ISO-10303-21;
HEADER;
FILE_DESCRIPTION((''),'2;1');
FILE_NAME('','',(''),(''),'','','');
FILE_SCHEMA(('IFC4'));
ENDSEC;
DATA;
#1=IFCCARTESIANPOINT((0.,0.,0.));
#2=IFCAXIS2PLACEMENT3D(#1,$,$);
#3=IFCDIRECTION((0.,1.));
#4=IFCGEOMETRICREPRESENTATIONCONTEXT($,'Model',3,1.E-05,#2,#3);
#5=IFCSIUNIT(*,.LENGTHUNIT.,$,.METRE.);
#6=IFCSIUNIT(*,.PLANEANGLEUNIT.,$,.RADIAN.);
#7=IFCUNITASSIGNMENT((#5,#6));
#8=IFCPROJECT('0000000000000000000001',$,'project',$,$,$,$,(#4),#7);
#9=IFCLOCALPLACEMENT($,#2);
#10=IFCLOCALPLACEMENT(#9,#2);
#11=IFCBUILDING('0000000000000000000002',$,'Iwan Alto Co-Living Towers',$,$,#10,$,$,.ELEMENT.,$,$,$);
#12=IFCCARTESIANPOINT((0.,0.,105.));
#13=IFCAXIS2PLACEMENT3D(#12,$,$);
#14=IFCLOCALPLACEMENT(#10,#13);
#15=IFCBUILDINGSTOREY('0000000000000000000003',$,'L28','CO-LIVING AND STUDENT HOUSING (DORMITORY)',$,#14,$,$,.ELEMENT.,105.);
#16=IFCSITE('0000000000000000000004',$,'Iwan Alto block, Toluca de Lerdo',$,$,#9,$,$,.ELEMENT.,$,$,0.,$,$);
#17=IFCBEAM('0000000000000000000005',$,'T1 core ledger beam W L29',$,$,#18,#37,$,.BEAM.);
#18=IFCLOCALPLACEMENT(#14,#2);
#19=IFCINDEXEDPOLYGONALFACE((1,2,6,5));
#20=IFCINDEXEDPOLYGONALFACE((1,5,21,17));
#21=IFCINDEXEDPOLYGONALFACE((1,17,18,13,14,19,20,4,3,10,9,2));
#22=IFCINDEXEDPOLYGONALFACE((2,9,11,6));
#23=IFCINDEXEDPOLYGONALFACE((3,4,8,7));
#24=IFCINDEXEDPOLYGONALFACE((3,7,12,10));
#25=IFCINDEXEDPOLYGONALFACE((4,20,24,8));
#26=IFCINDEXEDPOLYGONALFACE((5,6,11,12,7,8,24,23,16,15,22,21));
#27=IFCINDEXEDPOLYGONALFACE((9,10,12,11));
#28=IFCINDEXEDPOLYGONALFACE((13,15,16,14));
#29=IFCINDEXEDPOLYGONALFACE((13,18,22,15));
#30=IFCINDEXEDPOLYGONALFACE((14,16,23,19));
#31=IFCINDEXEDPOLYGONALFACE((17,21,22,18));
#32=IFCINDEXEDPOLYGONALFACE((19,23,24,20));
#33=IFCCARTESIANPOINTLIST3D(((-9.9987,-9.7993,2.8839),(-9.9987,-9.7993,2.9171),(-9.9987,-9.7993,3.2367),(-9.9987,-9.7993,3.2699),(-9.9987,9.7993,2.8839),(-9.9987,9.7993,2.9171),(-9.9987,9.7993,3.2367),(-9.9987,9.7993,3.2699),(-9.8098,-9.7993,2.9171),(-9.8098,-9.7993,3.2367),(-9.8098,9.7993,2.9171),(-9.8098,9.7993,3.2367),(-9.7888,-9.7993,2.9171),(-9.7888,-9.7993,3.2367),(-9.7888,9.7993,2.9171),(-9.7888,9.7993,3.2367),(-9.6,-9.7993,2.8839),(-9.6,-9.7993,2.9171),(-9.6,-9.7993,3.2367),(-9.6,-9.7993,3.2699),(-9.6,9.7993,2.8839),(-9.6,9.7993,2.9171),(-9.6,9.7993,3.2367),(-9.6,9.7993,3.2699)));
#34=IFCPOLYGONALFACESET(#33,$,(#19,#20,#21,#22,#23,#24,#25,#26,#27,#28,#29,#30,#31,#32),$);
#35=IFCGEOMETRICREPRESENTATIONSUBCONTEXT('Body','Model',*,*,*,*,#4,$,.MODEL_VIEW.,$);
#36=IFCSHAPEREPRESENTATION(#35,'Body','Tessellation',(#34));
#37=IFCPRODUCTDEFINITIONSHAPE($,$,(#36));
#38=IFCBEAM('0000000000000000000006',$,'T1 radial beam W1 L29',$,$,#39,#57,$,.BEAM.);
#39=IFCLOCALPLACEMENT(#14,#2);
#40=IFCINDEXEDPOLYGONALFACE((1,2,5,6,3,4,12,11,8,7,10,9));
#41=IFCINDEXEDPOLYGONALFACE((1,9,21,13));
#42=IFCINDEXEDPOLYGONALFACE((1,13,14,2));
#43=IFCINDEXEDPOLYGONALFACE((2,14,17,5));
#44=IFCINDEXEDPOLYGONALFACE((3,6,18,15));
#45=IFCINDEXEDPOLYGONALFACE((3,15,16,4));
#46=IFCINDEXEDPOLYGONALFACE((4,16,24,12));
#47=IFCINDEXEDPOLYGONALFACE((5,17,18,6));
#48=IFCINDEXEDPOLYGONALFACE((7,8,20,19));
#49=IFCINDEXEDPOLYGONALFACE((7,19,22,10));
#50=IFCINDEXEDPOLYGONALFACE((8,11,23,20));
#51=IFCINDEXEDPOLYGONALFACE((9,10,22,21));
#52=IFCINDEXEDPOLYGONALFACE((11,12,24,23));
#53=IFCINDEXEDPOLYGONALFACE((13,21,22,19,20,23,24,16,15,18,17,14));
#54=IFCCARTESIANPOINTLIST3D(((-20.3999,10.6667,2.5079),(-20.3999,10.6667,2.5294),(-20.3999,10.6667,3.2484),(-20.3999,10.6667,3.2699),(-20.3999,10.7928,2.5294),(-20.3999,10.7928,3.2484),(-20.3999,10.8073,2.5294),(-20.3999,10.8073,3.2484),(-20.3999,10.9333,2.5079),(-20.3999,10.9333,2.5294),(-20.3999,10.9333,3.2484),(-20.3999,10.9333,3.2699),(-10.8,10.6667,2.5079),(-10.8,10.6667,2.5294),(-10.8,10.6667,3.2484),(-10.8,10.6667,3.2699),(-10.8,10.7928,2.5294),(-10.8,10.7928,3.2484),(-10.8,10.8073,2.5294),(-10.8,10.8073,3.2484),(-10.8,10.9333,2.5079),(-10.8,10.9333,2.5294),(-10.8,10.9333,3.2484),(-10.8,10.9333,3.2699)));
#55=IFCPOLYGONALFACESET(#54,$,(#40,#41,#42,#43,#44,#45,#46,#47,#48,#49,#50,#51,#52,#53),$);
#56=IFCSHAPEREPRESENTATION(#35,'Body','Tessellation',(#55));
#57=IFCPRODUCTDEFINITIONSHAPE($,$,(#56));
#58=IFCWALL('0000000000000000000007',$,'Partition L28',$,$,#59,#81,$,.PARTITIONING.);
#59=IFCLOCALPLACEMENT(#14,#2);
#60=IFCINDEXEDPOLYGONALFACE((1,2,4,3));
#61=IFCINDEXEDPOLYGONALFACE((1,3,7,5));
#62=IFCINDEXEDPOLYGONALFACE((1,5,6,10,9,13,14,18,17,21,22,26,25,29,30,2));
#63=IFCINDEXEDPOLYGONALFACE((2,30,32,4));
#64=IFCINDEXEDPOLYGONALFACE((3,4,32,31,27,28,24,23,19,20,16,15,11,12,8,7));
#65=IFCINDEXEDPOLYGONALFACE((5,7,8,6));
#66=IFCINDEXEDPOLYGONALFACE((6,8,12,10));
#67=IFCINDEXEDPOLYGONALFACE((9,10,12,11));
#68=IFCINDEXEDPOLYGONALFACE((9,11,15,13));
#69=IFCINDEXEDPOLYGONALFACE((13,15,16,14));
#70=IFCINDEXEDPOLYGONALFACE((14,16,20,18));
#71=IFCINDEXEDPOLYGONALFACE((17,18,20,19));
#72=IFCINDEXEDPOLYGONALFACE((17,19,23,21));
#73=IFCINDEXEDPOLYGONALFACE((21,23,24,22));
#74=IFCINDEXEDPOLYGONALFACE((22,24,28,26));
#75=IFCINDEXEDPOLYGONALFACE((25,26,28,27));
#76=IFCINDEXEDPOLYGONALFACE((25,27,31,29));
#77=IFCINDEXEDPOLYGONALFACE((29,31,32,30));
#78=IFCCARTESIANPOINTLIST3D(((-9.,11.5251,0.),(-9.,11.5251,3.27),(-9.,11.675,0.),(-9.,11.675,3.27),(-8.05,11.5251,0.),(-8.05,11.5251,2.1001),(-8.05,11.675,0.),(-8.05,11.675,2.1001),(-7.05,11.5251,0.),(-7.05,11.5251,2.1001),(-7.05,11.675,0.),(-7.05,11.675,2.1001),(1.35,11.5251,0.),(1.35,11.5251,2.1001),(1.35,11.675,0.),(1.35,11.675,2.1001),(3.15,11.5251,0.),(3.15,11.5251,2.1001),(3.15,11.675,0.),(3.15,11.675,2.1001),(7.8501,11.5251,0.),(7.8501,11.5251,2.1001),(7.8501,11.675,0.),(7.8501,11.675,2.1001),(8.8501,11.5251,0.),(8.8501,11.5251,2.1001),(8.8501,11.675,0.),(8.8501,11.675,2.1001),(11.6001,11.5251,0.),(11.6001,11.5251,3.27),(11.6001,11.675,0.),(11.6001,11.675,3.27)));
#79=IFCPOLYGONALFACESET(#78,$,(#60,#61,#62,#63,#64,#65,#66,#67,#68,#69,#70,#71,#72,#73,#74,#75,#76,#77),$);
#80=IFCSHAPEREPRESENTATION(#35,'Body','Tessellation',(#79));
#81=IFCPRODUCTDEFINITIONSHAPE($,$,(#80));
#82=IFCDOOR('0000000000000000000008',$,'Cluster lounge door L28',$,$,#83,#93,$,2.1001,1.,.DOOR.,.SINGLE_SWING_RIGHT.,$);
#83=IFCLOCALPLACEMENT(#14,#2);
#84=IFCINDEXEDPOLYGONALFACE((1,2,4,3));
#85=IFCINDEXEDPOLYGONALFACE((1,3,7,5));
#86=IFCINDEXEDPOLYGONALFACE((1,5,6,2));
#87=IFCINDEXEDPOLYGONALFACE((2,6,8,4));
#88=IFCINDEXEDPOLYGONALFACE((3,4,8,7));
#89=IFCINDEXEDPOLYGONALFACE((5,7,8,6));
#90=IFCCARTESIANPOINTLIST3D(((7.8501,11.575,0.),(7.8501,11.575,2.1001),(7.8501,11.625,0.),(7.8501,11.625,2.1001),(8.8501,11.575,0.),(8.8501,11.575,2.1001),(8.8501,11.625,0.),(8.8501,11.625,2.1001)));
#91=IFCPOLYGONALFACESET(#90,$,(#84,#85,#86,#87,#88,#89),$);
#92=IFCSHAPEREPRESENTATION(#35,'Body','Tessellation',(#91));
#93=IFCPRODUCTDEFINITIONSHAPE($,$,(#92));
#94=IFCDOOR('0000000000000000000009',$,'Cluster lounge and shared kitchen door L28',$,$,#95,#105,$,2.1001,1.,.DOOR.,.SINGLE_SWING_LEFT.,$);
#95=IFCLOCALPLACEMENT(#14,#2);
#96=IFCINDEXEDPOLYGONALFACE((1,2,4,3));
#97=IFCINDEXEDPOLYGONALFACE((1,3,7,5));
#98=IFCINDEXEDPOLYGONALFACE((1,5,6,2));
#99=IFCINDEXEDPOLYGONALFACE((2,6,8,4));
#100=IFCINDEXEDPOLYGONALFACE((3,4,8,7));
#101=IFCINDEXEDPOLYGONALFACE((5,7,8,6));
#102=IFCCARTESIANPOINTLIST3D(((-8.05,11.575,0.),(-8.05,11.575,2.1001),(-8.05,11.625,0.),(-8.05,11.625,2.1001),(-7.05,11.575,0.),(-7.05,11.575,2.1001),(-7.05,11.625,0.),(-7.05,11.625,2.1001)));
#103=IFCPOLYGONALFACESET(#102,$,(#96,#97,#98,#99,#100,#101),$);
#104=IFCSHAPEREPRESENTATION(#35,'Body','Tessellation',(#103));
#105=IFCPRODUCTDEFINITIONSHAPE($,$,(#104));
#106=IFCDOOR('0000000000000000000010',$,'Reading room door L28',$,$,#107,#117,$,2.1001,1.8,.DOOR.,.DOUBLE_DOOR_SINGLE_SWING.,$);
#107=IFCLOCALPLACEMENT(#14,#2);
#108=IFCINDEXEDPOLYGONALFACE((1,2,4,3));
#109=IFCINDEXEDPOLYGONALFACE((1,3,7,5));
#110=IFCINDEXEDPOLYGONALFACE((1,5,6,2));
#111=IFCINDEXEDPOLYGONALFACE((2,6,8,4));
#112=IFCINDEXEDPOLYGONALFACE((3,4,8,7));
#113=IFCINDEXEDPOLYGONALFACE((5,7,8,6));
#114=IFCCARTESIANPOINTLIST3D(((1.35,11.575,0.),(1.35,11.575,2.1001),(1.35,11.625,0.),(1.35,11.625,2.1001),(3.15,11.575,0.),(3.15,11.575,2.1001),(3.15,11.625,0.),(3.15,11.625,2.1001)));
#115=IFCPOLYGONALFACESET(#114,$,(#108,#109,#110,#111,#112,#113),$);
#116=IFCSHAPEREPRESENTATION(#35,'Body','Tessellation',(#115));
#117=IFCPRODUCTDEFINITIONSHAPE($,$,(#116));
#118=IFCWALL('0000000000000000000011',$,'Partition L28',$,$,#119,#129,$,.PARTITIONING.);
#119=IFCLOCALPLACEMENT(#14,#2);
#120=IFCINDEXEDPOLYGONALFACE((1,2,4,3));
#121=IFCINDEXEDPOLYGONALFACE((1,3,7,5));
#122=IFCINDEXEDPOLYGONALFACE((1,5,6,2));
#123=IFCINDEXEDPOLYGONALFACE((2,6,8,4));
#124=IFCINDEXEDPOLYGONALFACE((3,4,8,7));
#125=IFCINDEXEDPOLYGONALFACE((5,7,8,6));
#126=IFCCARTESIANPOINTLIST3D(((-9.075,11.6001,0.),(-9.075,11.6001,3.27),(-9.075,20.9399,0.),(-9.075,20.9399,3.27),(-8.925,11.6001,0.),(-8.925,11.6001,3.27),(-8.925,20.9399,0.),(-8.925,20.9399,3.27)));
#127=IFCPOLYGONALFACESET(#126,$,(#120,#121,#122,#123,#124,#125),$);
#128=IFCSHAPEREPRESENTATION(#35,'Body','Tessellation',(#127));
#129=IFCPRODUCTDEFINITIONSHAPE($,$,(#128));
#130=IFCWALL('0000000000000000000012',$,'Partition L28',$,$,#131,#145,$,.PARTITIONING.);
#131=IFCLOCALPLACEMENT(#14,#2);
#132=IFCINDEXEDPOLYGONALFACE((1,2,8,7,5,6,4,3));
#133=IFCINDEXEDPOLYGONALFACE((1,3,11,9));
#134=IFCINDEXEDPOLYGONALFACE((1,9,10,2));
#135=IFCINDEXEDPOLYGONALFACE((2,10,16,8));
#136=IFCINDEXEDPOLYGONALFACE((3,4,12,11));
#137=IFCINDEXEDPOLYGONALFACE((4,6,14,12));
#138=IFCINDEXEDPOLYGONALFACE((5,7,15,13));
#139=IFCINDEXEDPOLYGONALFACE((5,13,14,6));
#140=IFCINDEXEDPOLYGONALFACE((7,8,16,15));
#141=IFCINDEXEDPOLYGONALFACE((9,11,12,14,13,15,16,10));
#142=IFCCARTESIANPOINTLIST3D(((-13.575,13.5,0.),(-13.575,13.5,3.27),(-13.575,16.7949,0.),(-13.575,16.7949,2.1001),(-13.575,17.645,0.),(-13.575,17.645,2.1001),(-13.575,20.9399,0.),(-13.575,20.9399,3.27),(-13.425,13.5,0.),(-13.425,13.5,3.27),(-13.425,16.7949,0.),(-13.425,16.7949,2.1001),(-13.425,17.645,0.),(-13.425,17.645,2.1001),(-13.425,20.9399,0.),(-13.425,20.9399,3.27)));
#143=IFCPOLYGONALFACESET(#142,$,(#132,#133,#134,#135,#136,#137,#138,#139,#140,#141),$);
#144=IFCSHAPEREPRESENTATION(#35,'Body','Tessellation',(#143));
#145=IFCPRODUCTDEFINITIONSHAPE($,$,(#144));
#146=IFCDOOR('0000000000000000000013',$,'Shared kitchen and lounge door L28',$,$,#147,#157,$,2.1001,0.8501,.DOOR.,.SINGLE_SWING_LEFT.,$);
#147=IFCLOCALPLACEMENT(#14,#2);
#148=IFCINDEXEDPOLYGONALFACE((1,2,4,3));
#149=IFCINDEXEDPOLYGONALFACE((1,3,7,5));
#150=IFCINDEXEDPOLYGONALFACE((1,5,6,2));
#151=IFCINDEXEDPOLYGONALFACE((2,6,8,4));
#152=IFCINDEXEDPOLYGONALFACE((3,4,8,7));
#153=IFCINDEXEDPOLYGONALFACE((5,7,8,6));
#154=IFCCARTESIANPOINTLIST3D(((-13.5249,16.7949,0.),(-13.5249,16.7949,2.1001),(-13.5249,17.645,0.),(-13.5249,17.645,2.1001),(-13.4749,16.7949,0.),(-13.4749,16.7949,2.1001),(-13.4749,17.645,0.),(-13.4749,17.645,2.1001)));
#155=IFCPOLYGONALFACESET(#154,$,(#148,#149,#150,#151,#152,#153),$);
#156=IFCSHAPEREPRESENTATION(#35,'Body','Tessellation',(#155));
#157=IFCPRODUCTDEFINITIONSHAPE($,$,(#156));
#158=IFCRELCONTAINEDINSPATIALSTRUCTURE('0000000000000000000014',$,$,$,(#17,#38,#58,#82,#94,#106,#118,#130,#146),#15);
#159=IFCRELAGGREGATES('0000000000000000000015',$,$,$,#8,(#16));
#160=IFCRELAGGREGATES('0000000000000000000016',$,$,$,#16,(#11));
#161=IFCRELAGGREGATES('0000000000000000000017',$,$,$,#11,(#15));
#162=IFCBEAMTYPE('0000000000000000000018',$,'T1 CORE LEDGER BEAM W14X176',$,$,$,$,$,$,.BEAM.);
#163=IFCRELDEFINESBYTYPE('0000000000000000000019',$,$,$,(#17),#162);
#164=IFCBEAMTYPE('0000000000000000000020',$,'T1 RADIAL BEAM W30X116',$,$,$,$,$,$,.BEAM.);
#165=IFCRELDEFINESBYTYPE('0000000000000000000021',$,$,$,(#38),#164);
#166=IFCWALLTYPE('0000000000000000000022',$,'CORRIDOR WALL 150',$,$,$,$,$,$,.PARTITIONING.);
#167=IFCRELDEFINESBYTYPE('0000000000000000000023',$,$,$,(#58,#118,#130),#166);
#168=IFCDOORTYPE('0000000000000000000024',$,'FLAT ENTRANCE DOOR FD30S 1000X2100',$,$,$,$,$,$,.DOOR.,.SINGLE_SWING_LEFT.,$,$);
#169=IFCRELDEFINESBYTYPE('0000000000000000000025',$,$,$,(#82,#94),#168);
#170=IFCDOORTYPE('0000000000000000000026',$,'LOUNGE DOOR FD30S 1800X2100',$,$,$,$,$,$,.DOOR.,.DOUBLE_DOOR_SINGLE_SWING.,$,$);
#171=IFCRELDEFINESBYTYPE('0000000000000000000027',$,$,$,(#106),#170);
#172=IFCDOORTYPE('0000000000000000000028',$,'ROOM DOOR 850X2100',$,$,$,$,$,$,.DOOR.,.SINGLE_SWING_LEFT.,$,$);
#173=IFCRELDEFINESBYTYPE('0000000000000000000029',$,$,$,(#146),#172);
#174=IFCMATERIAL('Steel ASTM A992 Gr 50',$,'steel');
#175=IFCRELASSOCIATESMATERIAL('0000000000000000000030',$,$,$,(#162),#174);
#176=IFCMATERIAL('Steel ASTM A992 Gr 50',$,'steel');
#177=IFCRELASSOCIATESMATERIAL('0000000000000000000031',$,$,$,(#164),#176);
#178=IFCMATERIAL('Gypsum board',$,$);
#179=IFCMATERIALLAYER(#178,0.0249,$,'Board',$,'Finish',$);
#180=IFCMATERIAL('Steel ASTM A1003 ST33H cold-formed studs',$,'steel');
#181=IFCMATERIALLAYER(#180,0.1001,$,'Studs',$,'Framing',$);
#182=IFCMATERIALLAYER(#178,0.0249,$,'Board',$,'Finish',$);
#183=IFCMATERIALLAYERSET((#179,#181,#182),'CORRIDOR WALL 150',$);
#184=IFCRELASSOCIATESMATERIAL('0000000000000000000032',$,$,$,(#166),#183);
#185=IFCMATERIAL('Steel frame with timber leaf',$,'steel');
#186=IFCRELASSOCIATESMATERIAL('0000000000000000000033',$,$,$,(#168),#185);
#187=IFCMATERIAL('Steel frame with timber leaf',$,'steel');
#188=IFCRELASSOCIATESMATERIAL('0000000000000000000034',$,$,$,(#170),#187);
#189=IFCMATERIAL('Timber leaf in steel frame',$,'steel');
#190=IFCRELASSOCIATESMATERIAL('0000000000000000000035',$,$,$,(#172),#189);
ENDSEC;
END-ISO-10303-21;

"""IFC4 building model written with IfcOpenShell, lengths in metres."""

from ifc_helpers import new_model, si_unit, direction, frame, frame_2d, origin, origin_2d, place, context, subcontext, project, spatial, rectangle, i_section, extrude, material, layer, layer_set, material_profile, profile_set, type_object, element, fill, save


model = new_model("IFC4")

# Units and contexts
model_context = context("Model", 3, precision=1e-05, world=origin(), true_north=direction((0.0, 1.0)))
body_context = subcontext(model_context, "Body", "Model", "MODEL_VIEW")
ifc_project = project(units=[si_unit("LENGTHUNIT", "METRE"), si_unit("PLANEANGLEUNIT", "RADIAN")], contexts=[model_context])

# Site, building, storey
site_placement = place(None, origin())
site = spatial("IfcSite", under=ifc_project, at=site_placement, Name="Iwan Alto block, Toluca de Lerdo", CompositionType="ELEMENT", RefElevation=0.0)
building_placement = place(site_placement, origin())
building = spatial("IfcBuilding", under=site, at=building_placement, Name="Iwan Alto Co-Living Towers", CompositionType="ELEMENT")
storey_placement = place(building_placement, frame((0.0, 0.0, 105.0)))
storey = spatial("IfcBuildingStorey", under=building, at=storey_placement, Name="L28", Description="CO-LIVING AND STUDENT HOUSING (DORMITORY)", CompositionType="ELEMENT", Elevation=105.0)

# Beams
ifc_material_1 = material(Name="Steel ASTM A992 Gr 50", Category="steel")
ifc_material_profile_1 = material_profile(ifc_material_1, i_section(OverallWidth=0.3987, OverallDepth=0.386, WebThickness=0.021, FlangeThickness=0.0332, at=origin_2d()), Name="W14X176")
ifc_profile_set_1 = profile_set([ifc_material_profile_1], Name="Steel ASTM A992 Gr 50")
beam_type_1 = type_object("IfcBeamType", Name="T1 CORE LEDGER BEAM W14X176", PredefinedType="BEAM", material=ifc_profile_set_1)
beam_1_placement = place(storey_placement, frame((-9.7993, 9.7993, 3.0769), z_axis=(0.0, -1.0, 0.0), x_axis=(1.0, 0.0, 0.0)))
element("IfcBeam", 1, at=beam_1_placement, inside=storey, type_object=beam_type_1, Name="T1 core ledger beam W L29", PredefinedType="BEAM", context=body_context, shape_type="SweptSolid", body=[
    extrude(i_section(OverallWidth=0.3987, OverallDepth=0.386, WebThickness=0.021, FlangeThickness=0.0332, at=origin_2d()), origin(), (0.0, 0.0, 1.0), 19.5986),
])
ifc_material_2 = material(Name="Steel ASTM A992 Gr 50", Category="steel")
ifc_material_profile_2 = material_profile(ifc_material_2, i_section(OverallWidth=0.2666, OverallDepth=0.762, WebThickness=0.0144, FlangeThickness=0.0215, at=origin_2d()), Name="W30X116")
ifc_profile_set_2 = profile_set([ifc_material_profile_2], Name="Steel ASTM A992 Gr 50")
beam_type_2 = type_object("IfcBeamType", Name="T1 RADIAL BEAM W30X116", PredefinedType="BEAM", material=ifc_profile_set_2)
beam_2_placement = place(storey_placement, frame((-20.3999, 10.8, 2.8889), z_axis=(1.0, 0.0, 0.0), x_axis=(0.0, 1.0, 0.0)))
element("IfcBeam", 2, at=beam_2_placement, inside=storey, type_object=beam_type_2, Name="T1 radial beam W1 L29", PredefinedType="BEAM", context=body_context, shape_type="SweptSolid", body=[
    extrude(i_section(OverallWidth=0.2666, OverallDepth=0.762, WebThickness=0.0144, FlangeThickness=0.0215, at=origin_2d()), origin(), (0.0, 0.0, 1.0), 9.5999),
])

# Wall, openings, doors
ifc_material_3 = material(Name="Gypsum board")
ifc_layer_1 = layer(ifc_material_3, 0.0249, Name="Board", Category="Finish")
ifc_material_4 = material(Name="Steel ASTM A1003 ST33H cold-formed studs", Category="steel")
ifc_layer_2 = layer(ifc_material_4, 0.1001, Name="Studs", Category="Framing")
ifc_layer_3 = layer(ifc_material_3, 0.0249, Name="Board", Category="Finish")
ifc_layer_set_1 = layer_set([ifc_layer_1, ifc_layer_2, ifc_layer_3], Name="CORRIDOR WALL 150")
wall_type_1 = type_object("IfcWallType", Name="CORRIDOR WALL 150", PredefinedType="PARTITIONING", material=ifc_layer_set_1)
wall_1_placement = place(storey_placement, frame((-9.0, 11.6001, 0.0), z_axis=(0.0, 0.0, 1.0), x_axis=(1.0, 0.0, 0.0)))
wall_1 = element("IfcWall", 3, at=wall_1_placement, inside=storey, type_object=wall_type_1, Name="Partition L28", PredefinedType="PARTITIONING", context=body_context, shape_type="SweptSolid", body=[
    extrude(rectangle(XDim=20.6001, YDim=0.1499, at=frame_2d((10.3, 0.0))), origin(), (0.0, 0.0, 1.0), 3.27),
])
opening_1_placement = place(wall_1_placement, frame((16.8501, 0.0, 0.0)))
opening_1 = element("IfcOpeningElement", 4, at=opening_1_placement, cuts=wall_1, PredefinedType="OPENING", context=body_context, shape_type="SweptSolid", body=[
    extrude(rectangle(XDim=1.0, YDim=2.1001, at=frame_2d((0.5, 1.05))), frame((0.0, 0.085, 0.0), z_axis=(0.0, -1.0, 0.0), x_axis=(1.0, 0.0, 0.0)), (0.0, 0.0, 1.0), 0.1699),
])
opening_2_placement = place(wall_1_placement, frame((10.3501, 0.0, 0.0)))
opening_2 = element("IfcOpeningElement", 5, at=opening_2_placement, cuts=wall_1, PredefinedType="OPENING", context=body_context, shape_type="SweptSolid", body=[
    extrude(rectangle(XDim=1.8, YDim=2.1001, at=frame_2d((0.8999, 1.05))), frame((0.0, 0.085, 0.0), z_axis=(0.0, -1.0, 0.0), x_axis=(1.0, 0.0, 0.0)), (0.0, 0.0, 1.0), 0.1699),
])
opening_3_placement = place(wall_1_placement, frame((0.95, 0.0, 0.0)))
opening_3 = element("IfcOpeningElement", 6, at=opening_3_placement, cuts=wall_1, PredefinedType="OPENING", context=body_context, shape_type="SweptSolid", body=[
    extrude(rectangle(XDim=1.0, YDim=2.1001, at=frame_2d((0.5, 1.05))), frame((0.0, 0.085, 0.0), z_axis=(0.0, -1.0, 0.0), x_axis=(1.0, 0.0, 0.0)), (0.0, 0.0, 1.0), 0.1699),
])
ifc_material_5 = material(Name="Steel frame with timber leaf", Category="steel")
door_type_1 = type_object("IfcDoorType", Name="FLAT ENTRANCE DOOR FD30S 1000X2100", OperationType="SINGLE_SWING_LEFT", PredefinedType="DOOR", material=ifc_material_5)
door_1_placement = place(opening_1_placement, origin())
door_1 = element("IfcDoor", 7, at=door_1_placement, inside=storey, type_object=door_type_1, Name="Cluster lounge door L28", OperationType="SINGLE_SWING_RIGHT", OverallHeight=2.1001, OverallWidth=1.0, PredefinedType="DOOR", context=body_context, shape_type="SweptSolid", body=[
    extrude(rectangle(XDim=1.0, YDim=2.1001, at=frame_2d((0.5, 1.05))), frame((0.0, 0.0249, 0.0), z_axis=(0.0, -1.0, 0.0), x_axis=(1.0, 0.0, 0.0)), (0.0, 0.0, 1.0), 0.05),
])
fill(opening_1, door_1)
door_2_placement = place(opening_3_placement, origin())
door_2 = element("IfcDoor", 8, at=door_2_placement, inside=storey, type_object=door_type_1, Name="Cluster lounge and shared kitchen door L28", OperationType="SINGLE_SWING_LEFT", OverallHeight=2.1001, OverallWidth=1.0, PredefinedType="DOOR", context=body_context, shape_type="SweptSolid", body=[
    extrude(rectangle(XDim=1.0, YDim=2.1001, at=frame_2d((0.5, 1.05))), frame((0.0, 0.0249, 0.0), z_axis=(0.0, -1.0, 0.0), x_axis=(1.0, 0.0, 0.0)), (0.0, 0.0, 1.0), 0.05),
])
fill(opening_3, door_2)
ifc_material_6 = material(Name="Steel frame with timber leaf", Category="steel")
door_type_2 = type_object("IfcDoorType", Name="LOUNGE DOOR FD30S 1800X2100", OperationType="DOUBLE_DOOR_SINGLE_SWING", PredefinedType="DOOR", material=ifc_material_6)
door_3_placement = place(opening_2_placement, origin())
door_3 = element("IfcDoor", 9, at=door_3_placement, inside=storey, type_object=door_type_2, Name="Reading room door L28", OperationType="DOUBLE_DOOR_SINGLE_SWING", OverallHeight=2.1001, OverallWidth=1.8, PredefinedType="DOOR", context=body_context, shape_type="SweptSolid", body=[
    extrude(rectangle(XDim=1.8, YDim=2.1001, at=frame_2d((0.8999, 1.05))), frame((0.0, 0.0249, 0.0), z_axis=(0.0, -1.0, 0.0), x_axis=(1.0, 0.0, 0.0)), (0.0, 0.0, 1.0), 0.05),
])
fill(opening_2, door_3)

# Wall
wall_2_placement = place(storey_placement, frame((-9.0, 11.6001, 0.0), z_axis=(0.0, 0.0, 1.0), x_axis=(0.0, 1.0, 0.0)))
element("IfcWall", 10, at=wall_2_placement, inside=storey, type_object=wall_type_1, Name="Partition L28", PredefinedType="PARTITIONING", context=body_context, shape_type="SweptSolid", body=[
    extrude(rectangle(XDim=9.3398, YDim=0.1499, at=frame_2d((4.6699, 0.0))), origin(), (0.0, 0.0, 1.0), 3.27),
])

# Wall, opening, door
wall_3_placement = place(storey_placement, frame((-13.5, 13.5, 0.0), z_axis=(0.0, 0.0, 1.0), x_axis=(0.0, 1.0, 0.0)))
wall_3 = element("IfcWall", 11, at=wall_3_placement, inside=storey, type_object=wall_type_1, Name="Partition L28", PredefinedType="PARTITIONING", context=body_context, shape_type="SweptSolid", body=[
    extrude(rectangle(XDim=7.4399, YDim=0.1499, at=frame_2d((3.72, 0.0))), origin(), (0.0, 0.0, 1.0), 3.27),
])
opening_4_placement = place(wall_3_placement, frame((3.2949, 0.0, 0.0)))
opening_4 = element("IfcOpeningElement", 12, at=opening_4_placement, cuts=wall_3, PredefinedType="OPENING", context=body_context, shape_type="SweptSolid", body=[
    extrude(rectangle(XDim=0.8501, YDim=2.1001, at=frame_2d((0.425, 1.05))), frame((0.0, 0.085, 0.0), z_axis=(0.0, -1.0, 0.0), x_axis=(1.0, 0.0, 0.0)), (0.0, 0.0, 1.0), 0.1699),
])
ifc_material_7 = material(Name="Timber leaf in steel frame", Category="steel")
door_type_3 = type_object("IfcDoorType", Name="ROOM DOOR 850X2100", OperationType="SINGLE_SWING_LEFT", PredefinedType="DOOR", material=ifc_material_7)
door_4_placement = place(opening_4_placement, origin())
door_4 = element("IfcDoor", 13, at=door_4_placement, inside=storey, type_object=door_type_3, Name="Shared kitchen and lounge door L28", OperationType="SINGLE_SWING_LEFT", OverallHeight=2.1001, OverallWidth=0.8501, PredefinedType="DOOR", context=body_context, shape_type="SweptSolid", body=[
    extrude(rectangle(XDim=0.8501, YDim=2.1001, at=frame_2d((0.425, 1.05))), frame((0.0, 0.0249, 0.0), z_axis=(0.0, -1.0, 0.0), x_axis=(1.0, 0.0, 0.0)), (0.0, 0.0, 1.0), 0.05),
])
fill(opening_4, door_4)

save(model, "model.ifc")
